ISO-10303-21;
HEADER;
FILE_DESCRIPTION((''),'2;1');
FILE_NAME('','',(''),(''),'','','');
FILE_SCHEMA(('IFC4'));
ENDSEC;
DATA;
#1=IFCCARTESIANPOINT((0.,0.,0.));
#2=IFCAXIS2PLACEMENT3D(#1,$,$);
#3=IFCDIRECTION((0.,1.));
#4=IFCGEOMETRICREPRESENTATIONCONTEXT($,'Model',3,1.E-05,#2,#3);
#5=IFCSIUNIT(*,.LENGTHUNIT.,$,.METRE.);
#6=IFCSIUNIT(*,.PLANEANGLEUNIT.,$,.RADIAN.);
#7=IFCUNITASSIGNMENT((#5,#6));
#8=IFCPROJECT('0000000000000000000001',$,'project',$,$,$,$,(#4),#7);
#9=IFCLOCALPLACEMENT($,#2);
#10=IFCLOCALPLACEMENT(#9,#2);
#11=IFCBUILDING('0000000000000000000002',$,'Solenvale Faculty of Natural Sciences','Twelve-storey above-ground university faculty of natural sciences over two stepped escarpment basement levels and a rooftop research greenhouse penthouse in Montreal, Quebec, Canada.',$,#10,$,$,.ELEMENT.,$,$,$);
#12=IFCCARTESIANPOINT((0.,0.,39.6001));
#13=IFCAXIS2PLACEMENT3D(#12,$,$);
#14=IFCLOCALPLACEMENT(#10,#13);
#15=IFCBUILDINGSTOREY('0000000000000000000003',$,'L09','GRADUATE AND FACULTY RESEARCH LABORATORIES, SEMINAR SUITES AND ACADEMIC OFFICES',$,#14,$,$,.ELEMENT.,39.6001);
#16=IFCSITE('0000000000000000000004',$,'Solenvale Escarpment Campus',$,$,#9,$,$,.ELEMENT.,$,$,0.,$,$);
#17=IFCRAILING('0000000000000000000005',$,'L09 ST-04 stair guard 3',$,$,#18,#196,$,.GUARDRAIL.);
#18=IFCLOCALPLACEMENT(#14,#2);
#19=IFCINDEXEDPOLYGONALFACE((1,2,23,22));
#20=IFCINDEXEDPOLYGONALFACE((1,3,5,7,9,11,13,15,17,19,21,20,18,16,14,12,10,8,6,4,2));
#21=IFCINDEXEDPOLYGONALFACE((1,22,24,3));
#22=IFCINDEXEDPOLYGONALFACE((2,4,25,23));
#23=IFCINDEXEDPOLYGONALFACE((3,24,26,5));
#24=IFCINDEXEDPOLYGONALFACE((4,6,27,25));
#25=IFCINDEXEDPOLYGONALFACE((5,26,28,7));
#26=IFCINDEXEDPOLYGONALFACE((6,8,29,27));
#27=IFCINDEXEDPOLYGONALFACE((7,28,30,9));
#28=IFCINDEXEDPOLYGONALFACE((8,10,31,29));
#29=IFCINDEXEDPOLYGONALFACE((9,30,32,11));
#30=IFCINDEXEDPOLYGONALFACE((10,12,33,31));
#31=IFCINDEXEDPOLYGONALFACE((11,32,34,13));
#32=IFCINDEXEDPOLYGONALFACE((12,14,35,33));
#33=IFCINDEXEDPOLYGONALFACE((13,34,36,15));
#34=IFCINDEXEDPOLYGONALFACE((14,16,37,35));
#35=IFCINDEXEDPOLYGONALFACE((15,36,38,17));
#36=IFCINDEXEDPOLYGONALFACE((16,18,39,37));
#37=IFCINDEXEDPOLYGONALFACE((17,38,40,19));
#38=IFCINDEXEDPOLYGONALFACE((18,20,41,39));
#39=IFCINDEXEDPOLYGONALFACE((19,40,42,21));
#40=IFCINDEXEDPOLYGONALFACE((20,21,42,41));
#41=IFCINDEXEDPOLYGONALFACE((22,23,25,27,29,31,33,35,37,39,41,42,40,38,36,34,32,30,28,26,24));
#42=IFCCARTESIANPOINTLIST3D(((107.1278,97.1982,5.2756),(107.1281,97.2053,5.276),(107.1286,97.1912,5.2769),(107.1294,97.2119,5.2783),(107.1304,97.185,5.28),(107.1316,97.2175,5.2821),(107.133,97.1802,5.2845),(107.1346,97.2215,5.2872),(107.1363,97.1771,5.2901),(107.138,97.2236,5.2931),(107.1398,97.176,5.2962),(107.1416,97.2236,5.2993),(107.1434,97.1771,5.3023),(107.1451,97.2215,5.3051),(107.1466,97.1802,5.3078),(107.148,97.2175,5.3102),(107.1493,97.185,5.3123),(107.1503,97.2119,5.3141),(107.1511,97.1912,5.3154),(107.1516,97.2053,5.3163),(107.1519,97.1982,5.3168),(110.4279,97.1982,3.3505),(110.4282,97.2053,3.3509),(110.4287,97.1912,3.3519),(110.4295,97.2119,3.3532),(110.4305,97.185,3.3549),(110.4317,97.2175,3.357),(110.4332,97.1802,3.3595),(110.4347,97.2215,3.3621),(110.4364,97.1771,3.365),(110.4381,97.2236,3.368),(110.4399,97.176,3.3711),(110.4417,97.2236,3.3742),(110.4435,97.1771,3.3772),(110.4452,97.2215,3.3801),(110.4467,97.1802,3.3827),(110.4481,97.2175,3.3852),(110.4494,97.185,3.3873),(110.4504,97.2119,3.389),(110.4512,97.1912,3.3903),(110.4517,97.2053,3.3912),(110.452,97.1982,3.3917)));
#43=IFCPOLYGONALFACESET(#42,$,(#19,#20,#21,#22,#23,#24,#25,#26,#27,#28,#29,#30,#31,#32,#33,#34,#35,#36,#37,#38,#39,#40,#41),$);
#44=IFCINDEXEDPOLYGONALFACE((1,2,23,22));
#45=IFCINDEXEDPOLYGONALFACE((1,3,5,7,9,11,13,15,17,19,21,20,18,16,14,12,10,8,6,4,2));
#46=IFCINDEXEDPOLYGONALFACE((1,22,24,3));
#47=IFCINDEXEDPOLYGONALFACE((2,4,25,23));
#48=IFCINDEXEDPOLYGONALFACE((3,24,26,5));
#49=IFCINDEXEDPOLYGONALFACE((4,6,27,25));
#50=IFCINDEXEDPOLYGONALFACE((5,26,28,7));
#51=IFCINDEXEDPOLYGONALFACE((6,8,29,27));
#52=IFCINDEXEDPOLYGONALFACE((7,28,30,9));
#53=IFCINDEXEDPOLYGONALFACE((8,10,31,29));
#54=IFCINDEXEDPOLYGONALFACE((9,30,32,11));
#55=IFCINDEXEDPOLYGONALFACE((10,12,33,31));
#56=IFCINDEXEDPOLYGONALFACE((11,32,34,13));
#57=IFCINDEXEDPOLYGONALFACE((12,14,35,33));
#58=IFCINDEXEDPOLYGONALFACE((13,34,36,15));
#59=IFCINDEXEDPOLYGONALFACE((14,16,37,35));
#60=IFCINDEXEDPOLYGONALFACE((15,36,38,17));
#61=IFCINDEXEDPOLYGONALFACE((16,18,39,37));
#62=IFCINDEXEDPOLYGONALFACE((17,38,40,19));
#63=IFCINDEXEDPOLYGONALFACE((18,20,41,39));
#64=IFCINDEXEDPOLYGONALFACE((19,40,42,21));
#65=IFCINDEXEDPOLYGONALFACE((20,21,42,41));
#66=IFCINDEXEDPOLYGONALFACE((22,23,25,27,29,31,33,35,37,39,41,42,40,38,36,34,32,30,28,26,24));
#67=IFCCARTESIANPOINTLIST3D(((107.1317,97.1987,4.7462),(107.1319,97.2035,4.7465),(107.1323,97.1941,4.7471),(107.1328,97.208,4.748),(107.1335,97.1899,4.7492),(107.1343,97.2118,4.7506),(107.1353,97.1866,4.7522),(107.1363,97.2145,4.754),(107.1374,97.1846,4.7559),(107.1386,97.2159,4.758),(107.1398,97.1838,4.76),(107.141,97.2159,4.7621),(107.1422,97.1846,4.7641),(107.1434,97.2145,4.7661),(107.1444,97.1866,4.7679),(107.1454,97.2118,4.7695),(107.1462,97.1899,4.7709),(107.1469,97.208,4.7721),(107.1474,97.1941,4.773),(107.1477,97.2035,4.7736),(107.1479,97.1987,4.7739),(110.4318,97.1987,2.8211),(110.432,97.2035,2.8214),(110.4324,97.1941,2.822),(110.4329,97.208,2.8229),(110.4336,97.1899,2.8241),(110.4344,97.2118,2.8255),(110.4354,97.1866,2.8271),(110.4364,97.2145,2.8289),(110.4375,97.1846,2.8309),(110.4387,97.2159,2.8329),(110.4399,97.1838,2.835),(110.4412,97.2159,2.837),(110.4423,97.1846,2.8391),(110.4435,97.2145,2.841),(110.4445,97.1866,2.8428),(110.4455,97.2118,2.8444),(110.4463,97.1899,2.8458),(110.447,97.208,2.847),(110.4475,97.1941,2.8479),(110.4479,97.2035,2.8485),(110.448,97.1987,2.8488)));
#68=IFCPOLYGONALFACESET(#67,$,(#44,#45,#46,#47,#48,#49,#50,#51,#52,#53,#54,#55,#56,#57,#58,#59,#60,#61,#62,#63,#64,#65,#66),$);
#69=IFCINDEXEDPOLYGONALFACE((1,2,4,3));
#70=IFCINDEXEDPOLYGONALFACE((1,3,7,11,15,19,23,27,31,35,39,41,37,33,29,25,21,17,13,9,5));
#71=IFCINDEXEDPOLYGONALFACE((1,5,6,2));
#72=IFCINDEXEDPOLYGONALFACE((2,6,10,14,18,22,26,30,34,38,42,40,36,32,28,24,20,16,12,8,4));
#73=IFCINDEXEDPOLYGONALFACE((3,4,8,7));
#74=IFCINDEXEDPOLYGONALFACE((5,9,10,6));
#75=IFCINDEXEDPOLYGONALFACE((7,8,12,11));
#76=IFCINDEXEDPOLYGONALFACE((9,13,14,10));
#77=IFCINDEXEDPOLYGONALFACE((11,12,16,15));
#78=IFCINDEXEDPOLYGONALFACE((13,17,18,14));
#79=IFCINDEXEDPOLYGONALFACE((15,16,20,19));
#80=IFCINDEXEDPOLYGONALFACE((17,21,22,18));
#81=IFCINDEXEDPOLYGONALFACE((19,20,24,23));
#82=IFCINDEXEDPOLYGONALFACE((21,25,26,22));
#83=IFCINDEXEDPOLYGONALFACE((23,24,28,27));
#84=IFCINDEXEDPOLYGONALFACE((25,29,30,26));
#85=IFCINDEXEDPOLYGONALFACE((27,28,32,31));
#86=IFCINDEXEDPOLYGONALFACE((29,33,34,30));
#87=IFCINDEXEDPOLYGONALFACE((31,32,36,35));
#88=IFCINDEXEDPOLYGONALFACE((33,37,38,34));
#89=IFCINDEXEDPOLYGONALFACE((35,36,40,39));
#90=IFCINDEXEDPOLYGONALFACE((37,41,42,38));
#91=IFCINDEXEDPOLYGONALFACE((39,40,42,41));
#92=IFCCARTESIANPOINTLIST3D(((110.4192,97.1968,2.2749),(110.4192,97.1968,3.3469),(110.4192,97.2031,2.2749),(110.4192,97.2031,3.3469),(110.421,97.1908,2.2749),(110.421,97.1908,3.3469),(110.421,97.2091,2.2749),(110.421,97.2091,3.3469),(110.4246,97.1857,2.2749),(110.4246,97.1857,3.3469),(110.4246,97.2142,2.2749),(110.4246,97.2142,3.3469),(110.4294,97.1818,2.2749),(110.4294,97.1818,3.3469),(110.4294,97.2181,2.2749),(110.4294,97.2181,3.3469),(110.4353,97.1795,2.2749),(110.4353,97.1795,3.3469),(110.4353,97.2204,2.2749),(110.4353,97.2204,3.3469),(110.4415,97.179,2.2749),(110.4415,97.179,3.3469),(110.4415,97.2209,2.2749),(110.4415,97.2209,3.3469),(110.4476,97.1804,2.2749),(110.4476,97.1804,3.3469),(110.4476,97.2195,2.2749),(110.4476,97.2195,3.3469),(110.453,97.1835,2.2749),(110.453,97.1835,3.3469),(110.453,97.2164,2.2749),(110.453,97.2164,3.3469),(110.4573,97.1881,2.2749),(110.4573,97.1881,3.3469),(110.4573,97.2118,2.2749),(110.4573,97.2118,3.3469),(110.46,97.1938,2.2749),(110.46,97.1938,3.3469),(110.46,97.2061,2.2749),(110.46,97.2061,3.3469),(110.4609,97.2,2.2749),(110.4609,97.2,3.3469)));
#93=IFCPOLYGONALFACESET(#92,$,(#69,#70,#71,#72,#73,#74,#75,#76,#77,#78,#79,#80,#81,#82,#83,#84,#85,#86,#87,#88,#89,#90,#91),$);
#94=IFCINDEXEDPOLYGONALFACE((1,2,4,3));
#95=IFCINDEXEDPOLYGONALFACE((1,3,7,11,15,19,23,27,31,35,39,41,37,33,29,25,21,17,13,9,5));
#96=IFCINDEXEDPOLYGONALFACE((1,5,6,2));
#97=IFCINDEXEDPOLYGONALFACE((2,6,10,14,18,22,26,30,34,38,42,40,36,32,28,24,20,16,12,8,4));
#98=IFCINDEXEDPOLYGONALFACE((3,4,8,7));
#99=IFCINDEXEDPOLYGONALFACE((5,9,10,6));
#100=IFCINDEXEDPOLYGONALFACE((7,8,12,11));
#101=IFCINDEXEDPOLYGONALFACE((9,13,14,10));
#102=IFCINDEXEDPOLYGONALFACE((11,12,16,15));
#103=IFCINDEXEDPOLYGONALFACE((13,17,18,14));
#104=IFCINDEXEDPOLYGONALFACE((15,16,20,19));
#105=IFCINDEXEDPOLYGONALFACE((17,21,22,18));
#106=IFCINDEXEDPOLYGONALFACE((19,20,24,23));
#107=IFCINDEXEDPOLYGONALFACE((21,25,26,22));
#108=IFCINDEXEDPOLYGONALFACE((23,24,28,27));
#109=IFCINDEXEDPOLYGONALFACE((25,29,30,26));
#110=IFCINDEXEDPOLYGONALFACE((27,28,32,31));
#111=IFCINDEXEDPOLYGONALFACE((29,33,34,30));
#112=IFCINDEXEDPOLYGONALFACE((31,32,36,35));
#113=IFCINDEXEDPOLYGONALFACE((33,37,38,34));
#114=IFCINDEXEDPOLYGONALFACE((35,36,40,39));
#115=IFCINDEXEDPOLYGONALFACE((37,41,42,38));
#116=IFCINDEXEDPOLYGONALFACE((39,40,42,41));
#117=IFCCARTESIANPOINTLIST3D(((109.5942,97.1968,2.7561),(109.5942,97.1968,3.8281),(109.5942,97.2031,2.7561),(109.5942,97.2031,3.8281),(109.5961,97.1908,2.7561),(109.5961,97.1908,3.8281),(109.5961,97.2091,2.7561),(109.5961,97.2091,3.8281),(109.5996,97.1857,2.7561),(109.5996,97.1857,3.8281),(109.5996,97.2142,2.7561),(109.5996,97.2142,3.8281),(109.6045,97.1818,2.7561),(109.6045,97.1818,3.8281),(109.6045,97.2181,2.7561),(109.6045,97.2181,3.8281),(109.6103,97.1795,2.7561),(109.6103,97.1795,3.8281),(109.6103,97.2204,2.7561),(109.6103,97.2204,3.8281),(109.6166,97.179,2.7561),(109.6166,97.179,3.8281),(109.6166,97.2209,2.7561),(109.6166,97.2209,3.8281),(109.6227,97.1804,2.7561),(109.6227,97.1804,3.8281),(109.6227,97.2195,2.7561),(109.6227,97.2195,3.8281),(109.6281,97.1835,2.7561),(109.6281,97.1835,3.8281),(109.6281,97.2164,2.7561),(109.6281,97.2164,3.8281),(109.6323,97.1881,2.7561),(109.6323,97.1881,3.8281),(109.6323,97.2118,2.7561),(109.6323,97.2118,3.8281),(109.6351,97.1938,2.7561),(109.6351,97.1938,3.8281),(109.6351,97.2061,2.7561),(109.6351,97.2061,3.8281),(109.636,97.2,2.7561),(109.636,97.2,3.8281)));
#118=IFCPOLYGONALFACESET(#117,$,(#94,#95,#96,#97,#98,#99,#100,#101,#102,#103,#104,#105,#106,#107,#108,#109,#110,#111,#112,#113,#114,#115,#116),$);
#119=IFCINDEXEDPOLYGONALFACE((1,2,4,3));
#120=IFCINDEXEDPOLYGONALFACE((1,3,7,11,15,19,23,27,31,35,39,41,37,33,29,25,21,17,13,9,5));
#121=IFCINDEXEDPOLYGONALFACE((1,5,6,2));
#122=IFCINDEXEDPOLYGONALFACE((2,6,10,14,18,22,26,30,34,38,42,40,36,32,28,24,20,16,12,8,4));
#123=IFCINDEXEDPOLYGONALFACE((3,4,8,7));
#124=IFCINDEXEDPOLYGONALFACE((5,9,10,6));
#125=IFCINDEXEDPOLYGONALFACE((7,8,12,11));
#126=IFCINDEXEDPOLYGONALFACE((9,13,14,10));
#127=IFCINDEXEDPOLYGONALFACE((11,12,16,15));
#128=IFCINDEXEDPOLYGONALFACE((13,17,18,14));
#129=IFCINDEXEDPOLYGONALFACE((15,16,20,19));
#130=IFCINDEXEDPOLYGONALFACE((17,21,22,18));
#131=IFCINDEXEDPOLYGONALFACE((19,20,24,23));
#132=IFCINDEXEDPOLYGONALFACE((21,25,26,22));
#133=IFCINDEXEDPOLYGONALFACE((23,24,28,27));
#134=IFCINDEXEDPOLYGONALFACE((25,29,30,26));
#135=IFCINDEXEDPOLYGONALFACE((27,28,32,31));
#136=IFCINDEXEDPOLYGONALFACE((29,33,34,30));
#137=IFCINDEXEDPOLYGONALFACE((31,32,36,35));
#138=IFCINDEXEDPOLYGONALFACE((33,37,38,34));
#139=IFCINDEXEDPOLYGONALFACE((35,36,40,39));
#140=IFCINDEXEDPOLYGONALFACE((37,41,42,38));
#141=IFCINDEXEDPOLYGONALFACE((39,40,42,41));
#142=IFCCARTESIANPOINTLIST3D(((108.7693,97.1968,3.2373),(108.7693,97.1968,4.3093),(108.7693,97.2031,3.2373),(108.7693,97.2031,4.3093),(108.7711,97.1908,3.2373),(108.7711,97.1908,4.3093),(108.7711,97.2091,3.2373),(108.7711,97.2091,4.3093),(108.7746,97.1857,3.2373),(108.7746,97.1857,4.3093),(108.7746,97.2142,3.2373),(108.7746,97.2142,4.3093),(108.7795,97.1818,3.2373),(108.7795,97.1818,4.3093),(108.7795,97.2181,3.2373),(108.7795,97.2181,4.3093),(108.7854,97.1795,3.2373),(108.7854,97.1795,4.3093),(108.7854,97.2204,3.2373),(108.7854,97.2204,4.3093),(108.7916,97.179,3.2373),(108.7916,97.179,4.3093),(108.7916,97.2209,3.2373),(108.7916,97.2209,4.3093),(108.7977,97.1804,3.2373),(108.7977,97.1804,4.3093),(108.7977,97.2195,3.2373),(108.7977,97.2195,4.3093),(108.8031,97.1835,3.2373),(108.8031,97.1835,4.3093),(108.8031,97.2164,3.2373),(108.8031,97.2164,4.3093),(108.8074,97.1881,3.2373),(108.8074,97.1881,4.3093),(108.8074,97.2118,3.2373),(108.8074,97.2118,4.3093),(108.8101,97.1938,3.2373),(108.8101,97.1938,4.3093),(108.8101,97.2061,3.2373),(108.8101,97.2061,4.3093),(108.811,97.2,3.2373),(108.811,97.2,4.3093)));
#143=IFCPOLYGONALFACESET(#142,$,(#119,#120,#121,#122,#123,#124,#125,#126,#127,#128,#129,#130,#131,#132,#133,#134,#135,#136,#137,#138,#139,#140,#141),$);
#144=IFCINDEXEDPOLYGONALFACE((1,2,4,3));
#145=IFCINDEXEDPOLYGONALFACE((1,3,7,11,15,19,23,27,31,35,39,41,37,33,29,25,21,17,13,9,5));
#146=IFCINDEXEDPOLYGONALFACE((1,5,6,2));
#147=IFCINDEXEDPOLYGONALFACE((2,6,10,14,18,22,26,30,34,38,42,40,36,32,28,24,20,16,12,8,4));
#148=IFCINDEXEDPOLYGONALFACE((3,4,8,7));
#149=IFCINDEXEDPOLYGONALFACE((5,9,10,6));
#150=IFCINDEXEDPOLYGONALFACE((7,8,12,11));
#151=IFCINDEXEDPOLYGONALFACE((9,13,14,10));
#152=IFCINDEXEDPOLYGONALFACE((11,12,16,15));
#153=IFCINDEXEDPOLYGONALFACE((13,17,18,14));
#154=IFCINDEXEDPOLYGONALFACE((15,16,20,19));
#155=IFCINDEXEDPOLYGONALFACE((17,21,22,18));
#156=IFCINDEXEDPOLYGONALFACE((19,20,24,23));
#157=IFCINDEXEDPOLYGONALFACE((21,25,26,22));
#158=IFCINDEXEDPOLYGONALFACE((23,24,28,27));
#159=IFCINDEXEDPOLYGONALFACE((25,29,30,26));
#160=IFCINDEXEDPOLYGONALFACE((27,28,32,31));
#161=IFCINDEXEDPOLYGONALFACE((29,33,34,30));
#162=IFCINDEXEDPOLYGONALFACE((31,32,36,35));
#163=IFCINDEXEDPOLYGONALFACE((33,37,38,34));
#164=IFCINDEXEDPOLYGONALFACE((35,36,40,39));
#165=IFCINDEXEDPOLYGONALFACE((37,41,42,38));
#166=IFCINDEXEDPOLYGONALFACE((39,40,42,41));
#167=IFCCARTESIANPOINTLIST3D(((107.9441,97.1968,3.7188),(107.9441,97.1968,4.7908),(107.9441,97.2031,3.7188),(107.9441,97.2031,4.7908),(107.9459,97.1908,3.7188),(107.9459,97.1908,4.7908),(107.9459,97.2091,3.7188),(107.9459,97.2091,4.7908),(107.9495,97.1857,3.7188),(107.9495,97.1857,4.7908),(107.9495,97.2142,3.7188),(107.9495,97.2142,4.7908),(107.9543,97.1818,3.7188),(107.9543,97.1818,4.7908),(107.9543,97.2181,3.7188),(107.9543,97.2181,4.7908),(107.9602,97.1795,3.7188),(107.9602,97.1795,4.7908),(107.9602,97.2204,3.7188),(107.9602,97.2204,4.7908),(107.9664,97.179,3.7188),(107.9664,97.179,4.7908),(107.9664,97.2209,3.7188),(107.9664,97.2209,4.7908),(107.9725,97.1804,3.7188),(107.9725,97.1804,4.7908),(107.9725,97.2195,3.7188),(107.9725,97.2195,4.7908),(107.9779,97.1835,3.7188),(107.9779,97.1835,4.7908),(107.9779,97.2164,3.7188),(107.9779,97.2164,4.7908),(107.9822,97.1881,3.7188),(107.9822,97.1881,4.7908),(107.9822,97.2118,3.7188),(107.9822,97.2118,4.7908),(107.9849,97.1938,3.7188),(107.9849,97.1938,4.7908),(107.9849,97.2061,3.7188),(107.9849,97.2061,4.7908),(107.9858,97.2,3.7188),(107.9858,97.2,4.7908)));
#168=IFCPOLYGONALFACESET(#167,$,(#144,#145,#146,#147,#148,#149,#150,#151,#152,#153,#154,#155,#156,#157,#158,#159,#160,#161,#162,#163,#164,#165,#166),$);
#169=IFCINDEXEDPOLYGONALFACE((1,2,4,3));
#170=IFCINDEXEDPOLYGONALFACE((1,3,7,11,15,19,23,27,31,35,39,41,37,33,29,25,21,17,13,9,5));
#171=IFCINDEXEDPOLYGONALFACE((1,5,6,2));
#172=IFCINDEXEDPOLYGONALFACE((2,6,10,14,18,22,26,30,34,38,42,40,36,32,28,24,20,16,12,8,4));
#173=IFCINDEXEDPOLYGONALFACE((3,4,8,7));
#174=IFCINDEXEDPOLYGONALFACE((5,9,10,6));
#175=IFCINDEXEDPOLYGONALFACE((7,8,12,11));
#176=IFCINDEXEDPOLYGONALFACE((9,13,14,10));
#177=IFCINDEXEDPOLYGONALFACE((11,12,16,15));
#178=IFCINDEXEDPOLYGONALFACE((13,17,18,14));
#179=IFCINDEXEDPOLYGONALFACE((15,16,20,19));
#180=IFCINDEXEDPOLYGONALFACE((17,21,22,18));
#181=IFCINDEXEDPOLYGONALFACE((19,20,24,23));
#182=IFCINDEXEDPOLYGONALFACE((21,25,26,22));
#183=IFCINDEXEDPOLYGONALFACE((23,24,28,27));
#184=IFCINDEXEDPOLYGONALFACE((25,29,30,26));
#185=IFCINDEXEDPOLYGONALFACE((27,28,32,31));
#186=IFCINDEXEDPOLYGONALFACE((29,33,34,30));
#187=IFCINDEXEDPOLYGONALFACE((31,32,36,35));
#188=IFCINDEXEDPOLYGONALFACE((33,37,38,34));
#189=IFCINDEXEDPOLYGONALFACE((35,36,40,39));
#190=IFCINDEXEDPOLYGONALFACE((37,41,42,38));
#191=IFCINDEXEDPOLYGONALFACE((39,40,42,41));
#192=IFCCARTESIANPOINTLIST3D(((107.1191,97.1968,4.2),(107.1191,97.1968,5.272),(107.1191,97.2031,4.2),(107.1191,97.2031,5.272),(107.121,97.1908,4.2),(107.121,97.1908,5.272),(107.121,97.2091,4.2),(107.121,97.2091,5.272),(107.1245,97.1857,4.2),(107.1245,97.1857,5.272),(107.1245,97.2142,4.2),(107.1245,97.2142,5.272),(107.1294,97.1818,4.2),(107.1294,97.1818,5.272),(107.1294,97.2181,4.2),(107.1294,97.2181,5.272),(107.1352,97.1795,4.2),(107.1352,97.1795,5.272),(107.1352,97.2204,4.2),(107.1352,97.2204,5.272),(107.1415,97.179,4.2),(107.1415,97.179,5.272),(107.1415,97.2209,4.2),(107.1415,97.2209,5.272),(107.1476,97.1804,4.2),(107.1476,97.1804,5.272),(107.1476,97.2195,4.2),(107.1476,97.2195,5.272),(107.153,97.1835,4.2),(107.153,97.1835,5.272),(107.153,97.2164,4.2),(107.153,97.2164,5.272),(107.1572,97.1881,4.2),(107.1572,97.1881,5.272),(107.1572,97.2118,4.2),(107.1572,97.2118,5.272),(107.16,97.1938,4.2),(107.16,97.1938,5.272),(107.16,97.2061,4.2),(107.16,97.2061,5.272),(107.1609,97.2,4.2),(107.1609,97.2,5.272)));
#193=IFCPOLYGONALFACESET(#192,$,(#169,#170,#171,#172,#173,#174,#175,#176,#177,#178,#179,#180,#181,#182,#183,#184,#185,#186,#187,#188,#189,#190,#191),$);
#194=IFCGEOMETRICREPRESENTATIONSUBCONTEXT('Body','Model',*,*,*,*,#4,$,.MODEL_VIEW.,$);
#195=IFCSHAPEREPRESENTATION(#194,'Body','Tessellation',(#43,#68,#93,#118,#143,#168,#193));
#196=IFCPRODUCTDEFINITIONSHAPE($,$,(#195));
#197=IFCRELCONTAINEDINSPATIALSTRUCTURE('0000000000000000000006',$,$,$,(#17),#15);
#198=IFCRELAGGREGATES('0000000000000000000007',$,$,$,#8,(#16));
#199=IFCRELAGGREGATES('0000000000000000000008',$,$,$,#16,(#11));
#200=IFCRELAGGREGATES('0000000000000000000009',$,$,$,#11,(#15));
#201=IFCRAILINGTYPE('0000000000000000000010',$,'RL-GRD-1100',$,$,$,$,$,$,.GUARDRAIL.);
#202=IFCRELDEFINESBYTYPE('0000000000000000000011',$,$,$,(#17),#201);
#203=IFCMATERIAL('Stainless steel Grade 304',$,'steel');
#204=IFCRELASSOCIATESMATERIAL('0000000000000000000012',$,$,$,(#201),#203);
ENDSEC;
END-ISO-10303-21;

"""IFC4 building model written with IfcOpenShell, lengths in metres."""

from ifc_helpers import new_model, si_unit, direction, frame, origin, origin_2d, place, context, subcontext, project, spatial, circle, extrude, material, type_object, element, save


model = new_model("IFC4")

# Units and contexts
model_context = context("Model", 3, precision=1e-05, world=origin(), true_north=direction((0.0, 1.0)))
body_context = subcontext(model_context, "Body", "Model", "MODEL_VIEW")
ifc_project = project(units=[si_unit("LENGTHUNIT", "METRE"), si_unit("PLANEANGLEUNIT", "RADIAN")], contexts=[model_context])

# Site, building, storey
site_placement = place(None, origin())
site = spatial("IfcSite", under=ifc_project, at=site_placement, Name="Solenvale Escarpment Campus", CompositionType="ELEMENT", RefElevation=0.0)
building_placement = place(site_placement, origin())
building = spatial("IfcBuilding", under=site, at=building_placement, Name="Solenvale Faculty of Natural Sciences", Description="Twelve-storey above-ground university faculty of natural sciences over two stepped escarpment basement levels and a rooftop research greenhouse penthouse in Montreal, Quebec, Canada.", CompositionType="ELEMENT")
storey_placement = place(building_placement, frame((0.0, 0.0, 39.6001)))
storey = spatial("IfcBuildingStorey", under=building, at=storey_placement, Name="L09", Description="GRADUATE AND FACULTY RESEARCH LABORATORIES, SEMINAR SUITES AND ACADEMIC OFFICES", CompositionType="ELEMENT", Elevation=39.6001)

# Railing
ifc_material_1 = material(Name="Stainless steel Grade 304", Category="steel")
railing_type_1 = type_object("IfcRailingType", Name="RL-GRD-1100", PredefinedType="GUARDRAIL", material=ifc_material_1)
railing_1_placement = place(storey_placement, frame((110.4399, 97.2, 2.2749)))
element("IfcRailing", 1, at=railing_1_placement, inside=storey, type_object=railing_type_1, Name="L09 ST-04 stair guard 3", PredefinedType="GUARDRAIL", context=body_context, shape_type="SweptSolid", body=[
    extrude(circle(Radius=0.0239, at=origin_2d()), frame((0.0, 0.0, 1.0962), z_axis=(-0.863777, 0.0, 0.503875), x_axis=(0.0, -1.0, 0.0)), (0.0, 0.0, 1.0), 3.8206),
    extrude(circle(Radius=0.0161, at=origin_2d()), frame((0.0, 0.0, 0.5601), z_axis=(-0.863777, 0.0, 0.503875), x_axis=(0.0, -1.0, 0.0)), (0.0, 0.0, 1.0), 3.8206),
    extrude(circle(Radius=0.021, at=origin_2d()), origin(), (0.0, 0.0, 1.0), 1.072),
    extrude(circle(Radius=0.021, at=origin_2d()), frame((-0.825, 0.0, 0.4812)), (0.0, 0.0, 1.0), 1.072),
    extrude(circle(Radius=0.021, at=origin_2d()), frame((-1.6499, 0.0, 0.9624)), (0.0, 0.0, 1.0), 1.072),
    extrude(circle(Radius=0.021, at=origin_2d()), frame((-2.4751, 0.0, 1.4438)), (0.0, 0.0, 1.0), 1.072),
    extrude(circle(Radius=0.021, at=origin_2d()), frame((-3.3, 0.0, 1.925)), (0.0, 0.0, 1.0), 1.072),
])

save(model, "model.ifc")
